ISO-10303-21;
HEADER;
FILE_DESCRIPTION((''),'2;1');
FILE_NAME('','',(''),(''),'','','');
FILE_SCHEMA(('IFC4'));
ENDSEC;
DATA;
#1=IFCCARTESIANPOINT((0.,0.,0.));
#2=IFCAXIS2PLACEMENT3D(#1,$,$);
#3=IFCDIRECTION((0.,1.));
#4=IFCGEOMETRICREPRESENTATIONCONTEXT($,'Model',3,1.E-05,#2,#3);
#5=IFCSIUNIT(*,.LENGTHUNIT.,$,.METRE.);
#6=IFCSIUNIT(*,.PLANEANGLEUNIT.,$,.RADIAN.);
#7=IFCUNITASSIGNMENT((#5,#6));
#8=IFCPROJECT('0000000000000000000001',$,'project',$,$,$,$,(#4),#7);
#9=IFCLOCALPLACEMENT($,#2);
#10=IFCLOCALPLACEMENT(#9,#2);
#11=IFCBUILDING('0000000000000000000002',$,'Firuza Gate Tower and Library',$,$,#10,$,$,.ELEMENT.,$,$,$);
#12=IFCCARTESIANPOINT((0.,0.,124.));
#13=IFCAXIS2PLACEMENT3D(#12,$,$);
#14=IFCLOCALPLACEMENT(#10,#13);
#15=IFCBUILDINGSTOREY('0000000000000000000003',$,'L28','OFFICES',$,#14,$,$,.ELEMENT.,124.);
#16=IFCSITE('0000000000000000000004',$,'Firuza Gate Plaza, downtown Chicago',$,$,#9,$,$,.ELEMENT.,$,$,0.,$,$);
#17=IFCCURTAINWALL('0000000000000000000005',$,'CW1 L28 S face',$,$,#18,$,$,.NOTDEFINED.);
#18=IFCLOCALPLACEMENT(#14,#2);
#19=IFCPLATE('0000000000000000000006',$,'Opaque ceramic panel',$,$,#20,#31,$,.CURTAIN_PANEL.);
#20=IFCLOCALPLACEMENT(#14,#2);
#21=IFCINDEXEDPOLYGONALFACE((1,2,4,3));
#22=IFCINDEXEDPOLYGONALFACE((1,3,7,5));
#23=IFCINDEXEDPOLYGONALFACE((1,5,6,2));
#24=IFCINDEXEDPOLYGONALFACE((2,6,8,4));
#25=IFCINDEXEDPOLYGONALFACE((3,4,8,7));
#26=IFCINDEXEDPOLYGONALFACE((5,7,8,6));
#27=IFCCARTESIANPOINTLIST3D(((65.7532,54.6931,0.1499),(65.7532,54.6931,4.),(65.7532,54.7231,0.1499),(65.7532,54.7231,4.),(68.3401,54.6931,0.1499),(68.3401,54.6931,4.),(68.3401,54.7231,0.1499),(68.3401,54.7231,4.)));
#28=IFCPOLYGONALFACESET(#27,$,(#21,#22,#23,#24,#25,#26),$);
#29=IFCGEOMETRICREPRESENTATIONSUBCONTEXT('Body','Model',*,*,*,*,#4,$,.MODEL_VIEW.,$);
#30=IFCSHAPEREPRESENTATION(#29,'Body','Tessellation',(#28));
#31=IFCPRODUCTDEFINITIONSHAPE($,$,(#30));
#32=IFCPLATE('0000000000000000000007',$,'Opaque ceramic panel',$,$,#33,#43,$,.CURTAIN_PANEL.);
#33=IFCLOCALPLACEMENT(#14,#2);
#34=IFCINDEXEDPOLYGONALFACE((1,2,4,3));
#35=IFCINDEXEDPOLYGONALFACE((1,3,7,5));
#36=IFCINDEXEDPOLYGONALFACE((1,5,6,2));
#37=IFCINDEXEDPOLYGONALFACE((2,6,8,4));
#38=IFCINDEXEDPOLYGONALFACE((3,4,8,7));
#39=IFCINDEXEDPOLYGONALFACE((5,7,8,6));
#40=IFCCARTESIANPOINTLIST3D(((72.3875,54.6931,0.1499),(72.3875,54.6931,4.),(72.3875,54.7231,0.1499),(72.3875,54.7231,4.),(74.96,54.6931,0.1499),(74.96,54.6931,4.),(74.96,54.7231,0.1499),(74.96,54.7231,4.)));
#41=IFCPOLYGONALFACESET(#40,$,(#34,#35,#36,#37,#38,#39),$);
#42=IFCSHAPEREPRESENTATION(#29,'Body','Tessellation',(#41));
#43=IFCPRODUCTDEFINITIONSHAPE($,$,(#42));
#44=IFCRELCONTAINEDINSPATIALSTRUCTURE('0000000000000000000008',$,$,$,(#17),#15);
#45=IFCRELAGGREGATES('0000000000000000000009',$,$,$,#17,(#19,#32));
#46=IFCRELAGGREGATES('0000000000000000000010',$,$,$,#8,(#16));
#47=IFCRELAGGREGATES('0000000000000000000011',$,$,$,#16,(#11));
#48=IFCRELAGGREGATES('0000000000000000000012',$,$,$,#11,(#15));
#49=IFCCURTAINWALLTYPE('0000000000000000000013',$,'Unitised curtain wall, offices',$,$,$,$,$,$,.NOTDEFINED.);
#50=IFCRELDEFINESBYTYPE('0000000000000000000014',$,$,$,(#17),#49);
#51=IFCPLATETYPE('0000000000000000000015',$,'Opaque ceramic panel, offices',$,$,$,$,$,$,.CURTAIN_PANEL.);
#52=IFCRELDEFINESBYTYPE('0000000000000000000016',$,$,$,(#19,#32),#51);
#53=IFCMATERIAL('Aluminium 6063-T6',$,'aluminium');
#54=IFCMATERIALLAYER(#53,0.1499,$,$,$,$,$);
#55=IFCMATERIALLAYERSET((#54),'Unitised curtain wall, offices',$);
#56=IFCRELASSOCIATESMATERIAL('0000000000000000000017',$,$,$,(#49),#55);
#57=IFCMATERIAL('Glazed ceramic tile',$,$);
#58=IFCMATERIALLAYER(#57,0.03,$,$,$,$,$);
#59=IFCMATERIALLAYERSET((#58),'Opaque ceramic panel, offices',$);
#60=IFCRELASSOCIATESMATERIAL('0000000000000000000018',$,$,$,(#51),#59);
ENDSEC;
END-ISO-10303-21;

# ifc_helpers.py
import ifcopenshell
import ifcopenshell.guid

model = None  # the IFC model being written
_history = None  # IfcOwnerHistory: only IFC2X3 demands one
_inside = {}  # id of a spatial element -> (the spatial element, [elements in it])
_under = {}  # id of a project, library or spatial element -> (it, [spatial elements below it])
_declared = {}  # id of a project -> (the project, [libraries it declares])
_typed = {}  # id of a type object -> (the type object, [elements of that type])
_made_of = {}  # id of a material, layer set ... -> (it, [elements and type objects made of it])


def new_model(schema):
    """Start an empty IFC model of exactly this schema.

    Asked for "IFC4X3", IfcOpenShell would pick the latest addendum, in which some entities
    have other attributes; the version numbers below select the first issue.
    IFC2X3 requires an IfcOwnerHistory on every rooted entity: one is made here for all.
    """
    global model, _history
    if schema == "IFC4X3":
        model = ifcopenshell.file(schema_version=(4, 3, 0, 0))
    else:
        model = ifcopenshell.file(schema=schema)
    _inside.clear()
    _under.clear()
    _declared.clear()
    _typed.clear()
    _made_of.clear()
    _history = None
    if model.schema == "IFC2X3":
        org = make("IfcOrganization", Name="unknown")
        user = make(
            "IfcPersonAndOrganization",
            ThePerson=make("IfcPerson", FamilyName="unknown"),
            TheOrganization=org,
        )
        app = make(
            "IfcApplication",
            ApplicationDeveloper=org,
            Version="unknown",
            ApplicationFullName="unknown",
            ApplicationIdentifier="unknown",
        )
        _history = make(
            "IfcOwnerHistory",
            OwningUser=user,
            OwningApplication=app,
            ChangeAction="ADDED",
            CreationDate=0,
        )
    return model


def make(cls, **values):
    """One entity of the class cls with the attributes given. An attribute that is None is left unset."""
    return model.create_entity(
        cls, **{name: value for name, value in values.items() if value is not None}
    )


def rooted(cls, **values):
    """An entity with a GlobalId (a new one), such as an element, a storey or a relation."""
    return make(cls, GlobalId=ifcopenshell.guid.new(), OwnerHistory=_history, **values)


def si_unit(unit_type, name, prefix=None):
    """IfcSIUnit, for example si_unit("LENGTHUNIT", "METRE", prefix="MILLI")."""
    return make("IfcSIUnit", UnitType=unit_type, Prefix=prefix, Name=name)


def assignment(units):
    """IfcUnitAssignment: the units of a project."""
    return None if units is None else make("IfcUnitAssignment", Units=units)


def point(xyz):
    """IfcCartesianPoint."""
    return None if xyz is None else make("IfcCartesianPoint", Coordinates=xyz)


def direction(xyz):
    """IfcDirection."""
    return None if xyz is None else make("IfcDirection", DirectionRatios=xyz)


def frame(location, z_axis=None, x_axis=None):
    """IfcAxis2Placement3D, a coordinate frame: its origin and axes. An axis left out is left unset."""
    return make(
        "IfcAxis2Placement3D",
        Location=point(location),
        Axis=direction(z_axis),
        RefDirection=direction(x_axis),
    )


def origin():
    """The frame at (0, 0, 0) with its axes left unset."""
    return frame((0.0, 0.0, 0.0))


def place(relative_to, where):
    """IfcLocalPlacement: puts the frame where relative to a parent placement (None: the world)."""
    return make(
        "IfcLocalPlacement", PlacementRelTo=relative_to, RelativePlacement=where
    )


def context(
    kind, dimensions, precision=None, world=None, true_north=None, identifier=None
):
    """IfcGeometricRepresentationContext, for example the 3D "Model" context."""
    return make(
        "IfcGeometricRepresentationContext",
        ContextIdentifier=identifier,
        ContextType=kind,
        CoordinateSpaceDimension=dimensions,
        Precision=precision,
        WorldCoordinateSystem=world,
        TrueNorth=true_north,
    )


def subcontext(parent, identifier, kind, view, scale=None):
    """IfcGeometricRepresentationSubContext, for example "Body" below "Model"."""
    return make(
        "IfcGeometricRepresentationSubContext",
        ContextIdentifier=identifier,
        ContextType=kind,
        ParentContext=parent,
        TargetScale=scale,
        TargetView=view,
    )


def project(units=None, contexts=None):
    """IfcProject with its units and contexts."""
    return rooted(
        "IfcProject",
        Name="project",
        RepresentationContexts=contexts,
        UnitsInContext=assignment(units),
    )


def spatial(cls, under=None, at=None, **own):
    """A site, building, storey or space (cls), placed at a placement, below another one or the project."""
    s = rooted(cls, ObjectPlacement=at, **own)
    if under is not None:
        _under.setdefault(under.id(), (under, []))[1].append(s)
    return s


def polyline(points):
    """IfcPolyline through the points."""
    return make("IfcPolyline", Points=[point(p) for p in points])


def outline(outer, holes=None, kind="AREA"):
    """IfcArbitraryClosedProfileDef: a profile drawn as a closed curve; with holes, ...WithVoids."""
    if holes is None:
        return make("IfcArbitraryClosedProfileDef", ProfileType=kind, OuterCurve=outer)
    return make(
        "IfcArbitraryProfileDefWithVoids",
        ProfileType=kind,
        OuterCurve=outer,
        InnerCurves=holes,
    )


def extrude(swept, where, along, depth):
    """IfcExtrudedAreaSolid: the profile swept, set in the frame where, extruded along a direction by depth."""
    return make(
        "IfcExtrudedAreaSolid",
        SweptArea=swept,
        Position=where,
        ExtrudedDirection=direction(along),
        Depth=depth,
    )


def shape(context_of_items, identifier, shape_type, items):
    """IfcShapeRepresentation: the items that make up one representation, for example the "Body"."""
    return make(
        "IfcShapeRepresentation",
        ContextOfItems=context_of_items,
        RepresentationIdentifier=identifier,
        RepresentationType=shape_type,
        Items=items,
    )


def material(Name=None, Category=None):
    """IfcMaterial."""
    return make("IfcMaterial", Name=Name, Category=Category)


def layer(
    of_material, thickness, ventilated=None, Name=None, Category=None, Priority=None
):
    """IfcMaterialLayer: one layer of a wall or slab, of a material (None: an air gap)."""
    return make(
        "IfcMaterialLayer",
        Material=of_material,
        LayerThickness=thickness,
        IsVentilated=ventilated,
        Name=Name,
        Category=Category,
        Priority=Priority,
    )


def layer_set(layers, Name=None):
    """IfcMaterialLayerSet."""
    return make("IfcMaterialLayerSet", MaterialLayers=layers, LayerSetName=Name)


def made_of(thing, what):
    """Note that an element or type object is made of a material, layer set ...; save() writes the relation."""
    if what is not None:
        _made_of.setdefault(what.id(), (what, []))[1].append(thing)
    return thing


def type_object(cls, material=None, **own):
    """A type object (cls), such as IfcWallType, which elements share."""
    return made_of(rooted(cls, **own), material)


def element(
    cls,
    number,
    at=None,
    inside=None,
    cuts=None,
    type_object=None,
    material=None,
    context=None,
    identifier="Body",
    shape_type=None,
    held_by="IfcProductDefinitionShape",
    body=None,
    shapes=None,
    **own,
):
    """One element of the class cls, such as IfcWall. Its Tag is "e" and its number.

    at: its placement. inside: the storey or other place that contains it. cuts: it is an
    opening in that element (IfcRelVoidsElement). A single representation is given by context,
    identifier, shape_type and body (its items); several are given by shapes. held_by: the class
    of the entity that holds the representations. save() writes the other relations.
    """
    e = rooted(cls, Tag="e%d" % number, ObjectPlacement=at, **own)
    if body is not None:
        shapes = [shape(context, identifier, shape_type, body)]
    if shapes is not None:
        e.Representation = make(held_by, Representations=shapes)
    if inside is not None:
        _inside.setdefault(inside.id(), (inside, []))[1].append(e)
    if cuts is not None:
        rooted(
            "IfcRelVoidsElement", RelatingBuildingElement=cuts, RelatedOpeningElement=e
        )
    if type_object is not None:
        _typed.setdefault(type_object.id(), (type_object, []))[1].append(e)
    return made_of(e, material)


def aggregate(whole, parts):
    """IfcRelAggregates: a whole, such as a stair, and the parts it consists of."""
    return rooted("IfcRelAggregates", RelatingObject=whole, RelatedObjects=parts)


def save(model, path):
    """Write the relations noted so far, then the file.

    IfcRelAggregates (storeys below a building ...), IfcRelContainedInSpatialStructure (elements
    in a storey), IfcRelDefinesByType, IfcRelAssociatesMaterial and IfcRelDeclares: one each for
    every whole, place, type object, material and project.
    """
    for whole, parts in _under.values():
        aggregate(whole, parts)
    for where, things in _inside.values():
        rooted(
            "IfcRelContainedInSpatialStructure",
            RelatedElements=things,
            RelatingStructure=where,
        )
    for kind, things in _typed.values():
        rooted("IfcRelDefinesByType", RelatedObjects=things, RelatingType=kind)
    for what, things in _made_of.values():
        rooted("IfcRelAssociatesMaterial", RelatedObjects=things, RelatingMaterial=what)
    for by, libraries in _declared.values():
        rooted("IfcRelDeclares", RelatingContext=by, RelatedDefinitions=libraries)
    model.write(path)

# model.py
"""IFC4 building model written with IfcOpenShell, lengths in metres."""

from ifc_helpers import new_model, si_unit, direction, frame, origin, place, context, subcontext, project, spatial, polyline, outline, extrude, material, layer, layer_set, type_object, element, aggregate, save


model = new_model("IFC4")

# Units and contexts
model_context = context("Model", 3, precision=1e-05, world=origin(), true_north=direction((0.0, 1.0)))
body_context = subcontext(model_context, "Body", "Model", "MODEL_VIEW")
ifc_project = project(units=[si_unit("LENGTHUNIT", "METRE"), si_unit("PLANEANGLEUNIT", "RADIAN")], contexts=[model_context])

# Site, building, storey
site_placement = place(None, origin())
site = spatial("IfcSite", under=ifc_project, at=site_placement, Name="Firuza Gate Plaza, downtown Chicago", CompositionType="ELEMENT", RefElevation=0.0)
building_placement = place(site_placement, origin())
building = spatial("IfcBuilding", under=site, at=building_placement, Name="Firuza Gate Tower and Library", CompositionType="ELEMENT")
storey_placement = place(building_placement, frame((0.0, 0.0, 124.0)))
storey = spatial("IfcBuildingStorey", under=building, at=storey_placement, Name="L28", Description="OFFICES", CompositionType="ELEMENT", Elevation=124.0)

# Curtain wall
ifc_material_1 = material(Name="Aluminium 6063-T6", Category="aluminium")
ifc_layer_1 = layer(ifc_material_1, 0.1499)
ifc_layer_set_1 = layer_set([ifc_layer_1], Name="Unitised curtain wall, offices")
curtain_wall_type = type_object("IfcCurtainWallType", Name="Unitised curtain wall, offices", PredefinedType="NOTDEFINED", material=ifc_layer_set_1)
curtain_wall_placement = place(storey_placement, origin())
curtain_wall = element("IfcCurtainWall", 1, at=curtain_wall_placement, inside=storey, type_object=curtain_wall_type, Name="CW1 L28 S face", PredefinedType="NOTDEFINED")

# Plates
ifc_material_2 = material(Name="Glazed ceramic tile")
ifc_layer_2 = layer(ifc_material_2, 0.03)
ifc_layer_set_2 = layer_set([ifc_layer_2], Name="Opaque ceramic panel, offices")
plate_type_1 = type_object("IfcPlateType", Name="Opaque ceramic panel, offices", PredefinedType="CURTAIN_PANEL", material=ifc_layer_set_2)
plate_1_placement = place(storey_placement, frame((65.7532, 54.6931, 0.1499), z_axis=(0.0, -1.0, 0.0), x_axis=(1.0, 0.0, 0.0)))
plate_1 = element("IfcPlate", 2, at=plate_1_placement, type_object=plate_type_1, Name="Opaque ceramic panel", PredefinedType="CURTAIN_PANEL", context=body_context, shape_type="SweptSolid", body=[
    extrude(outline(polyline([(0.0, 0.0), (2.5869, 0.0), (2.5869, 3.8501), (0.0, 3.8501), (0.0, 0.0)])), origin(), (0.0, 0.0, -1.0), 0.03),
])
plate_2_placement = place(storey_placement, frame((72.3875, 54.6931, 0.1499), z_axis=(0.0, -1.0, 0.0), x_axis=(1.0, 0.0, 0.0)))
plate_2 = element("IfcPlate", 3, at=plate_2_placement, type_object=plate_type_1, Name="Opaque ceramic panel", PredefinedType="CURTAIN_PANEL", context=body_context, shape_type="SweptSolid", body=[
    extrude(outline(polyline([(0.0, 0.0), (2.5725, 0.0), (2.5725, 3.8501), (0.0, 3.8501), (0.0, 0.0)])), origin(), (0.0, 0.0, -1.0), 0.03),
])
aggregate(curtain_wall, [plate_1, plate_2])

save(model, "model.ifc")
